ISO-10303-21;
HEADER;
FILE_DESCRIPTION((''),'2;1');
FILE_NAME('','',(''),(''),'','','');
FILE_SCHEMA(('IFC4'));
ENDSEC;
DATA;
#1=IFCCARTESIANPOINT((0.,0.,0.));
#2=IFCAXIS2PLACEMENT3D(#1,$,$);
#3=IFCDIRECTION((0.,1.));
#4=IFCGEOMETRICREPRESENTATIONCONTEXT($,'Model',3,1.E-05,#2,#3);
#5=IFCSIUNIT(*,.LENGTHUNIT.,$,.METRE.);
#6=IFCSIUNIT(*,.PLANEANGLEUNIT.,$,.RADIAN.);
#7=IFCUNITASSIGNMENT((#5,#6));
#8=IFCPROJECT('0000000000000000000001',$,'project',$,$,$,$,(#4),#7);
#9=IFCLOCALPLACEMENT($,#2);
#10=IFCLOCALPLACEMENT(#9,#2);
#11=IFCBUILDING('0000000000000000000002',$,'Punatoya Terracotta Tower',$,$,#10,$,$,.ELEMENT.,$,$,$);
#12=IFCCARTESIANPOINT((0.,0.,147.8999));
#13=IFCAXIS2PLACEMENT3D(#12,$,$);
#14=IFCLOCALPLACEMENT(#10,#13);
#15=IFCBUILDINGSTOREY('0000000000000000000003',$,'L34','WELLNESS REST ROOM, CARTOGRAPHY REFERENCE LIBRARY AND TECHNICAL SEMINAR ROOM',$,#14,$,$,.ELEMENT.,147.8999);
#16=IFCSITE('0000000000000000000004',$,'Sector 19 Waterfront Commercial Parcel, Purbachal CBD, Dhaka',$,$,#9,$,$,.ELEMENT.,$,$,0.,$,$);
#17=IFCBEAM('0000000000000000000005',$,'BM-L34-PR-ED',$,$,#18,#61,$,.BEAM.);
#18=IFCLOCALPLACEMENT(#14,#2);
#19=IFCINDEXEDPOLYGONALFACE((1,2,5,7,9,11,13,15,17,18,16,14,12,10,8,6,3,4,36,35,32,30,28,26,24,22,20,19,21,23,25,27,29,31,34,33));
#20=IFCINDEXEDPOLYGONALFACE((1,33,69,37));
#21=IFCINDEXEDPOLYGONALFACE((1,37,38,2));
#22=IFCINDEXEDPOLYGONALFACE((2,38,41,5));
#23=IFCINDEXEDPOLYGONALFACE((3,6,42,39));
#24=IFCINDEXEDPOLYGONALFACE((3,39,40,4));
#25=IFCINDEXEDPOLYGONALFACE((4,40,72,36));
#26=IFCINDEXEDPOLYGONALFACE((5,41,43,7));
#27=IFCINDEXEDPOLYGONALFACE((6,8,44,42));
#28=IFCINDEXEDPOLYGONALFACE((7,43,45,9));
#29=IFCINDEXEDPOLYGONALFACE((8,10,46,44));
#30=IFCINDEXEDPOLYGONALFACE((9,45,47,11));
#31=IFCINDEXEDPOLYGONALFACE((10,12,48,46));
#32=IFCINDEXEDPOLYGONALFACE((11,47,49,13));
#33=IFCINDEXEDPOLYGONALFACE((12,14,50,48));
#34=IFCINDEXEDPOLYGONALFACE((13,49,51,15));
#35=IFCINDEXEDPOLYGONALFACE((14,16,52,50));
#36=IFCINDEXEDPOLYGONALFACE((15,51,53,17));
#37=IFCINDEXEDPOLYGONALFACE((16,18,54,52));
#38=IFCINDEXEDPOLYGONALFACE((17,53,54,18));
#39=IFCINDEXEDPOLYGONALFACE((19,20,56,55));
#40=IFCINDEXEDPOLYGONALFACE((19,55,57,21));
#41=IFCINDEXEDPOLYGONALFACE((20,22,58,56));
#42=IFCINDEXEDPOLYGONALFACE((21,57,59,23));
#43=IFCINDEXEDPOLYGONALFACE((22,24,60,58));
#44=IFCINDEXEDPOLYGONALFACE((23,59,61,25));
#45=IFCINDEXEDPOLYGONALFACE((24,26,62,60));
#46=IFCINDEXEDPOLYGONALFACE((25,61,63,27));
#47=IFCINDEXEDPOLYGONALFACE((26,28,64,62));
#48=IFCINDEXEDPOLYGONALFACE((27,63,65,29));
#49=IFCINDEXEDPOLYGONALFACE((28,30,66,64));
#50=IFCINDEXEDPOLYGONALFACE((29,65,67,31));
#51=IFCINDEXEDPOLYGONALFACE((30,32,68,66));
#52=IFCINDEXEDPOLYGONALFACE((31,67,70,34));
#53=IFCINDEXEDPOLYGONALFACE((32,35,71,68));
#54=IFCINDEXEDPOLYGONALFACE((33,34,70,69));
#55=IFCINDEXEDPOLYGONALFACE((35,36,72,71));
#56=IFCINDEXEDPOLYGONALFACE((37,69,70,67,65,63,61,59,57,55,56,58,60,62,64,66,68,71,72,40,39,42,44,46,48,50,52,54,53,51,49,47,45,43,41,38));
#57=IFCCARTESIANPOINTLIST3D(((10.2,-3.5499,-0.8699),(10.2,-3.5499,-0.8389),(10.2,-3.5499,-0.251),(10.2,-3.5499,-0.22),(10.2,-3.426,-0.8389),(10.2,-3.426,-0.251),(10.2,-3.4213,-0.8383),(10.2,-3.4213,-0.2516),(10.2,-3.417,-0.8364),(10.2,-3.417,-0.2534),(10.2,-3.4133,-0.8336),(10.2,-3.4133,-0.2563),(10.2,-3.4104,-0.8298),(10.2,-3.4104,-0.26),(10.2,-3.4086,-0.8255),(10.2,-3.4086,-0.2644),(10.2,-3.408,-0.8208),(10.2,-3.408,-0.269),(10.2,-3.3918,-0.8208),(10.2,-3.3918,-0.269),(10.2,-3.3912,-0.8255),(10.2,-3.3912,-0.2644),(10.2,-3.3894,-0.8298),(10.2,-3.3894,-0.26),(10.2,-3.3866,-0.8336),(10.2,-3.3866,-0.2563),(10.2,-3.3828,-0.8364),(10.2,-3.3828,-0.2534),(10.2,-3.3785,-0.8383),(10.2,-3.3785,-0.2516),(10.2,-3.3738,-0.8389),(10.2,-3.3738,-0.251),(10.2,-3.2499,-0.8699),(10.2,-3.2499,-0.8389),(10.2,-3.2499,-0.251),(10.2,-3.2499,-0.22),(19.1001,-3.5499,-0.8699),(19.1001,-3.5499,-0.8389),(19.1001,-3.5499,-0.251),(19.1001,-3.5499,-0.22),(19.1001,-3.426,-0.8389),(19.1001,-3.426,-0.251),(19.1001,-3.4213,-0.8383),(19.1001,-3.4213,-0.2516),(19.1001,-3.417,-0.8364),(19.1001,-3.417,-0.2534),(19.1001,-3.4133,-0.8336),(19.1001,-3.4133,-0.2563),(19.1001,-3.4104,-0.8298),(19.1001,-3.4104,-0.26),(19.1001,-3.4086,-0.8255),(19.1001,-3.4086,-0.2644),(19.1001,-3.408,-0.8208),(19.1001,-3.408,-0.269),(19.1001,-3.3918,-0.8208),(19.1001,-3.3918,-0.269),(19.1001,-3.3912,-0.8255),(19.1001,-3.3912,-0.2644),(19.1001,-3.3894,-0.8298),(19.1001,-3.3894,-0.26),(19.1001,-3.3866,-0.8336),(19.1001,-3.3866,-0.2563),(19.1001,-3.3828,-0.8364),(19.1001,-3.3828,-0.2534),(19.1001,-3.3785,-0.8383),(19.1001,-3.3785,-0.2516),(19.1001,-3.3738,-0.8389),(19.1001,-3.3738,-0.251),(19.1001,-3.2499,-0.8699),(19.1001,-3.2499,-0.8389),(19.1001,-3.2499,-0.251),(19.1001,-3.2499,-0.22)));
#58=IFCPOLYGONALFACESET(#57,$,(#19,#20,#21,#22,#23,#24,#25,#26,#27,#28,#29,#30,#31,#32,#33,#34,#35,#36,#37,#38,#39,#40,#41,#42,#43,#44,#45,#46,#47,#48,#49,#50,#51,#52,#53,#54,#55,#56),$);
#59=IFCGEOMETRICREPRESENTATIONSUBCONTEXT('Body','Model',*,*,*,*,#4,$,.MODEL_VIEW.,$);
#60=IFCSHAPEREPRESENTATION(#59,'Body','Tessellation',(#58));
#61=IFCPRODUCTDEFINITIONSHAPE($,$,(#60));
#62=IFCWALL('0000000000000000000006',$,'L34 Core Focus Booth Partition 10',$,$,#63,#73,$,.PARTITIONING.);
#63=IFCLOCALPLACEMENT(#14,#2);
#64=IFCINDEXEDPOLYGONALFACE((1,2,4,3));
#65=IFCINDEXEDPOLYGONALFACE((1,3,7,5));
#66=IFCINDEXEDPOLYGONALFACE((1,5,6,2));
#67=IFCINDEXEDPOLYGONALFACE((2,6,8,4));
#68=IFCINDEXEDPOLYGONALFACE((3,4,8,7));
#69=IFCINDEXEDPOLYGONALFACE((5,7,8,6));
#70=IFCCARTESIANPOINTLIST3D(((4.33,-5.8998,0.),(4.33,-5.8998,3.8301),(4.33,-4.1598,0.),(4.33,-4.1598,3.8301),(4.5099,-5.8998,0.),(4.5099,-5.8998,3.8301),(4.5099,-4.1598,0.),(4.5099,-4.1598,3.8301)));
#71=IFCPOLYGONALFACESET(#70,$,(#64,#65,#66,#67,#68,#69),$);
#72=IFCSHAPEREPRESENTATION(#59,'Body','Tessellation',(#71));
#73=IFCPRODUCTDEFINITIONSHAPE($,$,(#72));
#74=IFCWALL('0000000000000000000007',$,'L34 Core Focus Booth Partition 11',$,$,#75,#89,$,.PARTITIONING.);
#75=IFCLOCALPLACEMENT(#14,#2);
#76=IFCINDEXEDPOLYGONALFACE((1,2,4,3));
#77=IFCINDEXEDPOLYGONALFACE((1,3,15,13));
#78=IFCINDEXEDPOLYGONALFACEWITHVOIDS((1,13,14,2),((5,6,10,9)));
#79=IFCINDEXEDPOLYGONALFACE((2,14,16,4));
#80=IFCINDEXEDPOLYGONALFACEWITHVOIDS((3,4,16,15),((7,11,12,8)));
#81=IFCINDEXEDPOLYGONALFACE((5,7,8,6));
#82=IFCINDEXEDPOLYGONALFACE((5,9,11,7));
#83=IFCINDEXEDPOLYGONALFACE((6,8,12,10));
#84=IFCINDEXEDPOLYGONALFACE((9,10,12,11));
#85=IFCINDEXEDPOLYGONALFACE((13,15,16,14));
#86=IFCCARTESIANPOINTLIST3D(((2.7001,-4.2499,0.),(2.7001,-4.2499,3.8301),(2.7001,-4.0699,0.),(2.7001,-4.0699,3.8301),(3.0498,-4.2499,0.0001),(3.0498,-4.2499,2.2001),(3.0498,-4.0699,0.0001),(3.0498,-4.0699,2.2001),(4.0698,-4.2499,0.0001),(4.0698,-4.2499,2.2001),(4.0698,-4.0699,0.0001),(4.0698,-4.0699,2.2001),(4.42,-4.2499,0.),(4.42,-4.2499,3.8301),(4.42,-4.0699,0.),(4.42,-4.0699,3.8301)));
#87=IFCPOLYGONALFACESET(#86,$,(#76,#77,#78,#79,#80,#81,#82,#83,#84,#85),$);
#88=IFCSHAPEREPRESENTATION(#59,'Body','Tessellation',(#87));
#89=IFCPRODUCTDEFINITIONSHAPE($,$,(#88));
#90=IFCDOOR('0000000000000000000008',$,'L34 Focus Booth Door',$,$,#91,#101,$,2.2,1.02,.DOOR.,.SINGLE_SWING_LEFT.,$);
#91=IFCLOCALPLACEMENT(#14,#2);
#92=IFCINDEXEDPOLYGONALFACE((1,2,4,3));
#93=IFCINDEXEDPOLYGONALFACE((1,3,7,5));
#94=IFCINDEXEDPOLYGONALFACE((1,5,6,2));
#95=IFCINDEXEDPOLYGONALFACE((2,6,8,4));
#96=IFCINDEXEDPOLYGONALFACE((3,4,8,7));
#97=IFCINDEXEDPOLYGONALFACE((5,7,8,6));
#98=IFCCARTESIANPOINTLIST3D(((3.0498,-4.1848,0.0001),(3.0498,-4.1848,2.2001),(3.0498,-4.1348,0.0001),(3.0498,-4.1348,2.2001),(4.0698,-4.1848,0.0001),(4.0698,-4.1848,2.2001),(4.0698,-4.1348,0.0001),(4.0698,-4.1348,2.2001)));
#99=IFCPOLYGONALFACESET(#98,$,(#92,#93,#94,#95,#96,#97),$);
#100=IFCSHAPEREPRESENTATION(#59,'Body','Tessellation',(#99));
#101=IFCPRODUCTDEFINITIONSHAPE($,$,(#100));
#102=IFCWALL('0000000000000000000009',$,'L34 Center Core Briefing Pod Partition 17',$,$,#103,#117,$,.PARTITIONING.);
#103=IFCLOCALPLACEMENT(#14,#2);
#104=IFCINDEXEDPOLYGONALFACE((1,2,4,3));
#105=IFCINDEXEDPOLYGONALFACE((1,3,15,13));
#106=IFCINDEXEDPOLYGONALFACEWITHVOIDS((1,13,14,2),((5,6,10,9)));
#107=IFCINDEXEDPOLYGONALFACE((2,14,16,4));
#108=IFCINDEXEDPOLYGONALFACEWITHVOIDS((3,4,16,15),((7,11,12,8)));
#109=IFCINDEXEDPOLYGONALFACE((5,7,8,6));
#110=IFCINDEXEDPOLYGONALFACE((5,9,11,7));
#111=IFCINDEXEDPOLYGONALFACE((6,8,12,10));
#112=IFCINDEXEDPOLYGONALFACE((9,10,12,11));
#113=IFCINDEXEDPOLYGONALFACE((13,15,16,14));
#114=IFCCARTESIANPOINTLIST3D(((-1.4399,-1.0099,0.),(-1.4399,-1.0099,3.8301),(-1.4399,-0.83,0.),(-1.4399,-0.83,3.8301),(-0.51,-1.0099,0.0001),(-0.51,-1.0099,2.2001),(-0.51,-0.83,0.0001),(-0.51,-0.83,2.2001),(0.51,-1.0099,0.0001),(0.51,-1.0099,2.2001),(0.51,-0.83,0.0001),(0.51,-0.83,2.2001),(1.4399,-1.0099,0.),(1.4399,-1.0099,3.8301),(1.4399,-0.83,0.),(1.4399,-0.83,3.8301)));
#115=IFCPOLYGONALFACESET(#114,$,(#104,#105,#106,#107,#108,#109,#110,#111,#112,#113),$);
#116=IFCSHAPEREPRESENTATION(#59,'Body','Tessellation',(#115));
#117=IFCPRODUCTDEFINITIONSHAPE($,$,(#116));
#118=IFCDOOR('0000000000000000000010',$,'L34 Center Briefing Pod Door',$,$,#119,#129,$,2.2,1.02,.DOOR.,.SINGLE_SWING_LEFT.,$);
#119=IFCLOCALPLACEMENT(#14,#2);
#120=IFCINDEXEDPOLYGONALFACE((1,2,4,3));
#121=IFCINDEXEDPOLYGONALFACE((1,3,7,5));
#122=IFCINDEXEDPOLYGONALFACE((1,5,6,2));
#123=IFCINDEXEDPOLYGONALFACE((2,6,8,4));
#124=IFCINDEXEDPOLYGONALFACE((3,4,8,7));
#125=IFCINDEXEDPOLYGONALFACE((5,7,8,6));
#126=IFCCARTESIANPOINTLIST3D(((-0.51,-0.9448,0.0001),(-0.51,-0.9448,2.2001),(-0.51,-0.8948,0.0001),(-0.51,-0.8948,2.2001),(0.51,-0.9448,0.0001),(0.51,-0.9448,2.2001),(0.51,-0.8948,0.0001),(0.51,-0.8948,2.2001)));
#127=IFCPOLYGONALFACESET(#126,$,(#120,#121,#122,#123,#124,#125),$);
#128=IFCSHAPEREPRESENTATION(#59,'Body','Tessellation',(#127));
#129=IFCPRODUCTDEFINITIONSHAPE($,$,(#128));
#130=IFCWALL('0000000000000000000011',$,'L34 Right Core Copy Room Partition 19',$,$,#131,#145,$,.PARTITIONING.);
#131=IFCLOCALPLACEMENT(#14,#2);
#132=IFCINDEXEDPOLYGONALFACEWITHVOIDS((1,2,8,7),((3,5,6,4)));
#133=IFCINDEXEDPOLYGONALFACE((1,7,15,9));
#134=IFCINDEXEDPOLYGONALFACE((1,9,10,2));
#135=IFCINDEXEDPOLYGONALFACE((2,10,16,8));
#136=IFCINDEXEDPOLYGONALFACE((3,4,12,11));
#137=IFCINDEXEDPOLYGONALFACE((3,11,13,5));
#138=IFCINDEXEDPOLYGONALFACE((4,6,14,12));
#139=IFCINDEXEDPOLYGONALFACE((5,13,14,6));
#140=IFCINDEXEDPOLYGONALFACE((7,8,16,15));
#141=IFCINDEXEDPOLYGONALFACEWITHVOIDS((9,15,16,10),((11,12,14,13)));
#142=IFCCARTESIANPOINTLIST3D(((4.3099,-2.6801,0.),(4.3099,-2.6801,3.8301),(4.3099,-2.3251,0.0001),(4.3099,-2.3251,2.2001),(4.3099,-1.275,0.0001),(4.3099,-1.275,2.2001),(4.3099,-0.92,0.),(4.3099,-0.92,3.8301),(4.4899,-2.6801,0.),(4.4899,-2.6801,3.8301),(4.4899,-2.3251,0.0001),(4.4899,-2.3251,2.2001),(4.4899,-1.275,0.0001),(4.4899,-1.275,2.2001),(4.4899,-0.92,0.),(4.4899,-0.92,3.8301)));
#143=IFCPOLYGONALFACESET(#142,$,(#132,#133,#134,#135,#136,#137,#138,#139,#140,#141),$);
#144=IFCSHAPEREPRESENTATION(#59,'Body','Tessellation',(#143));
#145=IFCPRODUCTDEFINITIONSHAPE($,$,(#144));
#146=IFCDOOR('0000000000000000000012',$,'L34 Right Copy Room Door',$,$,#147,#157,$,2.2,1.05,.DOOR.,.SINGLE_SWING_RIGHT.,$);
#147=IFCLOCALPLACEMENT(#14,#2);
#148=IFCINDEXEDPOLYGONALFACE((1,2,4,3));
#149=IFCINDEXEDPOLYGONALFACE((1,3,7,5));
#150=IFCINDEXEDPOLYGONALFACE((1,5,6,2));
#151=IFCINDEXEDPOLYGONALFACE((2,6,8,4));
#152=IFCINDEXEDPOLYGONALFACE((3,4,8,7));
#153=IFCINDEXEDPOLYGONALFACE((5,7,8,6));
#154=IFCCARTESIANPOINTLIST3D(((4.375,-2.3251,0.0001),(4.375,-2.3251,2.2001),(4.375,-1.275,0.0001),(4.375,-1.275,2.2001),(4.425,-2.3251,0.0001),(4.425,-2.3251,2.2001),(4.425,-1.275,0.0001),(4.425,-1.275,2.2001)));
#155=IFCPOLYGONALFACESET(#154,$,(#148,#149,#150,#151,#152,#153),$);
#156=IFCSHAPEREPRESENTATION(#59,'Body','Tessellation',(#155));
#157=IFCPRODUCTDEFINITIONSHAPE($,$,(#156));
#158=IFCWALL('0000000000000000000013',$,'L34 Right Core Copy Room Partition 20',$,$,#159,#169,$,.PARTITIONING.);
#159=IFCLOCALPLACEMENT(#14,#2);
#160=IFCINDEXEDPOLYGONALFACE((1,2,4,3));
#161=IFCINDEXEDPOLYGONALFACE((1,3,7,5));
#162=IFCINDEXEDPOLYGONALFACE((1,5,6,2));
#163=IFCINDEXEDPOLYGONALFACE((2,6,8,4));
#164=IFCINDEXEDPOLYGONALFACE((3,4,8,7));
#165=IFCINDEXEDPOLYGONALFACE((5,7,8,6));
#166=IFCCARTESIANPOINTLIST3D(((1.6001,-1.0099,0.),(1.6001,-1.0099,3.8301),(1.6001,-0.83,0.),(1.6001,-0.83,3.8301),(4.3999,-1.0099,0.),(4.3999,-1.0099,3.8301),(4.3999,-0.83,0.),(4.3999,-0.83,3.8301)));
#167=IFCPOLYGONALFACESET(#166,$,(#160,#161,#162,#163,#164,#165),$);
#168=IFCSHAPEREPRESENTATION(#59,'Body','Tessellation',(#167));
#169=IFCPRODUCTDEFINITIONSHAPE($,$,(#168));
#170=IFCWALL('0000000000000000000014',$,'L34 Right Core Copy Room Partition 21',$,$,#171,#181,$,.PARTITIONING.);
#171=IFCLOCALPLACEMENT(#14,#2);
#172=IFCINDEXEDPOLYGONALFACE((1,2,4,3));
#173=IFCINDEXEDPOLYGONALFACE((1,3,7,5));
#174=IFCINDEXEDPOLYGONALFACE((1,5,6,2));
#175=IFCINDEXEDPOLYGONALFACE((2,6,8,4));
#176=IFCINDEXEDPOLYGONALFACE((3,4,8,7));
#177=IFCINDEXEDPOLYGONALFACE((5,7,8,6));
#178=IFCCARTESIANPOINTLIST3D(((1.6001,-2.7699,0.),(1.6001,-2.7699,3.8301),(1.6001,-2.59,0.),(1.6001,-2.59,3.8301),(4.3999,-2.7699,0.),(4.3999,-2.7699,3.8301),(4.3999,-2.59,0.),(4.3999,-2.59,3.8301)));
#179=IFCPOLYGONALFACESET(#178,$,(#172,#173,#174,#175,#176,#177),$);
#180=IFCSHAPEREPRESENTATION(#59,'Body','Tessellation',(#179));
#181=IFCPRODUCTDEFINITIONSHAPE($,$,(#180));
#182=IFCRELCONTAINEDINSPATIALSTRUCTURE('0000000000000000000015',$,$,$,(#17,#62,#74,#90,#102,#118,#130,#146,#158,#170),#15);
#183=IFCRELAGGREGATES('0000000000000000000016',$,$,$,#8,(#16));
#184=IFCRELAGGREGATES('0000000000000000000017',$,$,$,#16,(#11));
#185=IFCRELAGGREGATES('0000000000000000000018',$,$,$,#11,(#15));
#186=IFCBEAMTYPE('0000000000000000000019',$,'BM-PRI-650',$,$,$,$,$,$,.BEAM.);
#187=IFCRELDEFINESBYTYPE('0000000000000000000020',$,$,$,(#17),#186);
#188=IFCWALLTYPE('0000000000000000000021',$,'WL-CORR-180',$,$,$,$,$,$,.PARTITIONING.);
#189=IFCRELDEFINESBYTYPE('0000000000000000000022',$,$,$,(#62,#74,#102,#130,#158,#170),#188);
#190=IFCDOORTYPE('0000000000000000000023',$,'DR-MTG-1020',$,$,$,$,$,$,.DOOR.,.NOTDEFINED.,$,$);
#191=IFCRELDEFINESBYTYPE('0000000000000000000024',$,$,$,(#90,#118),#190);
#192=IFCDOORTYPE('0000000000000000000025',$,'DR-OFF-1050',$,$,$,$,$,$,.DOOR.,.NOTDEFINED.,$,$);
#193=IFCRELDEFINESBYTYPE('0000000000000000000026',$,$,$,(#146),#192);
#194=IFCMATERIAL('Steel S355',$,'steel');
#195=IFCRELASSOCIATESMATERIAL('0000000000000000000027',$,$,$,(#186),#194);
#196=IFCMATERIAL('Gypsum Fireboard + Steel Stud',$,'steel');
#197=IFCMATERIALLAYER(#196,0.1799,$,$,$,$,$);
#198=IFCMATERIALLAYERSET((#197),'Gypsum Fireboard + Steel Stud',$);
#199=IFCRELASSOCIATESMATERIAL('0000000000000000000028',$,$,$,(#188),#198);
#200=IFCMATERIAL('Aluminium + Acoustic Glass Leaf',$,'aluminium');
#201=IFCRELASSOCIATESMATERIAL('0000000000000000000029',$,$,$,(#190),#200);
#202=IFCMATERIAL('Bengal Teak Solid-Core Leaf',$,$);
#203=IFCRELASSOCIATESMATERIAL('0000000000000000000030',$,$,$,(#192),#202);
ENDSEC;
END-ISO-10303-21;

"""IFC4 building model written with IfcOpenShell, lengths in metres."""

from ifc_helpers import new_model, si_unit, direction, frame, frame_2d, origin, origin_2d, place, context, subcontext, project, spatial, rectangle, i_section, extrude, material, layer, layer_set, material_profile, profile_set, type_object, element, fill, save


model = new_model("IFC4")

# Units and contexts
model_context = context("Model", 3, precision=1e-05, world=origin(), true_north=direction((0.0, 1.0)))
body_context = subcontext(model_context, "Body", "Model", "MODEL_VIEW")
ifc_project = project(units=[si_unit("LENGTHUNIT", "METRE"), si_unit("PLANEANGLEUNIT", "RADIAN")], contexts=[model_context])

# Site, building, storey
site_placement = place(None, origin())
site = spatial("IfcSite", under=ifc_project, at=site_placement, Name="Sector 19 Waterfront Commercial Parcel, Purbachal CBD, Dhaka", CompositionType="ELEMENT", RefElevation=0.0)
building_placement = place(site_placement, origin())
building = spatial("IfcBuilding", under=site, at=building_placement, Name="Punatoya Terracotta Tower", CompositionType="ELEMENT")
storey_placement = place(building_placement, frame((0.0, 0.0, 147.8999)))
storey = spatial("IfcBuildingStorey", under=building, at=storey_placement, Name="L34", Description="WELLNESS REST ROOM, CARTOGRAPHY REFERENCE LIBRARY AND TECHNICAL SEMINAR ROOM", CompositionType="ELEMENT", Elevation=147.8999)

# Beam
ifc_material_1 = material(Name="Steel S355", Category="steel")
ifc_material_profile = material_profile(ifc_material_1, i_section(OverallWidth=0.3, OverallDepth=0.6499, WebThickness=0.0161, FlangeThickness=0.031, FilletRadius=0.0181, at=origin_2d()))
ifc_profile_set = profile_set([ifc_material_profile], Name="Steel S355")
beam_type = type_object("IfcBeamType", Name="BM-PRI-650", PredefinedType="BEAM", material=ifc_profile_set)
beam_placement = place(storey_placement, frame((10.2, -3.3999, -0.5449), z_axis=(1.0, 0.0, 0.0), x_axis=(0.0, 1.0, 0.0)))
element("IfcBeam", 1, at=beam_placement, inside=storey, type_object=beam_type, Name="BM-L34-PR-ED", PredefinedType="BEAM", context=body_context, shape_type="SweptSolid", body=[
    extrude(i_section(OverallWidth=0.3, OverallDepth=0.6499, WebThickness=0.0161, FlangeThickness=0.031, FilletRadius=0.0181, at=origin_2d()), origin(), (0.0, 0.0, 1.0), 8.9001),
])

# Wall
ifc_material_2 = material(Name="Gypsum Fireboard + Steel Stud", Category="steel")
ifc_layer_1 = layer(ifc_material_2, 0.1799)
ifc_layer_set_1 = layer_set([ifc_layer_1], Name="Gypsum Fireboard + Steel Stud")
wall_type_1 = type_object("IfcWallType", Name="WL-CORR-180", PredefinedType="PARTITIONING", material=ifc_layer_set_1)
wall_1_placement = place(storey_placement, frame((4.4199, -5.8999, 0.0), z_axis=(0.0, 0.0, 1.0), x_axis=(0.0, 1.0, 0.0)))
element("IfcWall", 2, at=wall_1_placement, inside=storey, type_object=wall_type_1, Name="L34 Core Focus Booth Partition 10", PredefinedType="PARTITIONING", context=body_context, shape_type="SweptSolid", body=[
    extrude(rectangle(XDim=1.74, YDim=0.1799, at=frame_2d((0.8701, 0.0))), origin(), (0.0, 0.0, 1.0), 3.8301),
])

# Walls, openings, doors
wall_2_placement = place(storey_placement, frame((4.4199, -4.1599, 0.0), z_axis=(0.0, 0.0, 1.0), x_axis=(-1.0, 0.0, 0.0)))
wall_2 = element("IfcWall", 3, at=wall_2_placement, inside=storey, type_object=wall_type_1, Name="L34 Core Focus Booth Partition 11", PredefinedType="PARTITIONING", context=body_context, shape_type="SweptSolid", body=[
    extrude(rectangle(XDim=1.72, YDim=0.1799, at=frame_2d((0.8599, 0.0))), origin(), (0.0, 0.0, 1.0), 3.8301),
])
opening_1_placement = place(wall_2_placement, frame((0.3501, 0.0, 0.0)))
opening_1 = element("IfcOpeningElement", 4, at=opening_1_placement, cuts=wall_2, PredefinedType="OPENING", context=body_context, shape_type="SweptSolid", body=[
    extrude(rectangle(XDim=1.02, YDim=2.2, at=frame_2d((0.51, 1.1001))), frame((0.0, 0.0999, 0.0), z_axis=(0.0, -1.0, 0.0), x_axis=(1.0, 0.0, 0.0)), (0.0, 0.0, 1.0), 0.2),
])
ifc_material_3 = material(Name="Aluminium + Acoustic Glass Leaf", Category="aluminium")
door_type_1 = type_object("IfcDoorType", Name="DR-MTG-1020", OperationType="NOTDEFINED", PredefinedType="DOOR", material=ifc_material_3)
door_1_placement = place(opening_1_placement, origin())
door_1 = element("IfcDoor", 5, at=door_1_placement, inside=storey, type_object=door_type_1, Name="L34 Focus Booth Door", OperationType="SINGLE_SWING_LEFT", OverallHeight=2.2, OverallWidth=1.02, PredefinedType="DOOR", context=body_context, shape_type="SweptSolid", body=[
    extrude(rectangle(XDim=1.02, YDim=2.2, at=frame_2d((0.51, 1.1001))), frame((0.0, 0.0249, 0.0), z_axis=(0.0, -1.0, 0.0), x_axis=(1.0, 0.0, 0.0)), (0.0, 0.0, 1.0), 0.05),
])
fill(opening_1, door_1)
wall_3_placement = place(storey_placement, frame((1.4399, -0.9199, 0.0), z_axis=(0.0, 0.0, 1.0), x_axis=(-1.0, 0.0, 0.0)))
wall_3 = element("IfcWall", 6, at=wall_3_placement, inside=storey, type_object=wall_type_1, Name="L34 Center Core Briefing Pod Partition 17", PredefinedType="PARTITIONING", context=body_context, shape_type="SweptSolid", body=[
    extrude(rectangle(XDim=2.8799, YDim=0.1799, at=frame_2d((1.4399, 0.0))), origin(), (0.0, 0.0, 1.0), 3.8301),
])
opening_2_placement = place(wall_3_placement, frame((0.9299, 0.0, 0.0)))
opening_2 = element("IfcOpeningElement", 7, at=opening_2_placement, cuts=wall_3, PredefinedType="OPENING", context=body_context, shape_type="SweptSolid", body=[
    extrude(rectangle(XDim=1.02, YDim=2.2, at=frame_2d((0.51, 1.1001))), frame((0.0, 0.0999, 0.0), z_axis=(0.0, -1.0, 0.0), x_axis=(1.0, 0.0, 0.0)), (0.0, 0.0, 1.0), 0.2),
])
door_2_placement = place(opening_2_placement, origin())
door_2 = element("IfcDoor", 8, at=door_2_placement, inside=storey, type_object=door_type_1, Name="L34 Center Briefing Pod Door", OperationType="SINGLE_SWING_LEFT", OverallHeight=2.2, OverallWidth=1.02, PredefinedType="DOOR", context=body_context, shape_type="SweptSolid", body=[
    extrude(rectangle(XDim=1.02, YDim=2.2, at=frame_2d((0.51, 1.1001))), frame((0.0, 0.0249, 0.0), z_axis=(0.0, -1.0, 0.0), x_axis=(1.0, 0.0, 0.0)), (0.0, 0.0, 1.0), 0.05),
])
fill(opening_2, door_2)
wall_4_placement = place(storey_placement, frame((4.3999, -2.6799, 0.0), z_axis=(0.0, 0.0, 1.0), x_axis=(0.0, 1.0, 0.0)))
wall_4 = element("IfcWall", 9, at=wall_4_placement, inside=storey, type_object=wall_type_1, Name="L34 Right Core Copy Room Partition 19", PredefinedType="PARTITIONING", context=body_context, shape_type="SweptSolid", body=[
    extrude(rectangle(XDim=1.76, YDim=0.1799, at=frame_2d((0.8799, 0.0))), origin(), (0.0, 0.0, 1.0), 3.8301),
])
opening_3_placement = place(wall_4_placement, frame((0.355, 0.0, 0.0)))
opening_3 = element("IfcOpeningElement", 10, at=opening_3_placement, cuts=wall_4, PredefinedType="OPENING", context=body_context, shape_type="SweptSolid", body=[
    extrude(rectangle(XDim=1.05, YDim=2.2, at=frame_2d((0.5249, 1.1001))), frame((0.0, 0.0999, 0.0), z_axis=(0.0, -1.0, 0.0), x_axis=(1.0, 0.0, 0.0)), (0.0, 0.0, 1.0), 0.2),
])
ifc_material_4 = material(Name="Bengal Teak Solid-Core Leaf")
door_type_2 = type_object("IfcDoorType", Name="DR-OFF-1050", OperationType="NOTDEFINED", PredefinedType="DOOR", material=ifc_material_4)
door_3_placement = place(opening_3_placement, origin())
door_3 = element("IfcDoor", 11, at=door_3_placement, inside=storey, type_object=door_type_2, Name="L34 Right Copy Room Door", OperationType="SINGLE_SWING_RIGHT", OverallHeight=2.2, OverallWidth=1.05, PredefinedType="DOOR", context=body_context, shape_type="SweptSolid", body=[
    extrude(rectangle(XDim=1.05, YDim=2.2, at=frame_2d((0.5249, 1.1001))), frame((0.0, 0.0249, 0.0), z_axis=(0.0, -1.0, 0.0), x_axis=(1.0, 0.0, 0.0)), (0.0, 0.0, 1.0), 0.05),
])
fill(opening_3, door_3)

# Walls
for number, where, z_axis, x_axis, name in (
    (12, (4.3999, -0.9199, 0.0), (0.0, 0.0, 1.0), (-1.0, 0.0, 0.0), "L34 Right Core Copy Room Partition 20"),
    (13, (1.6001, -2.6799, 0.0), (0.0, 0.0, 1.0), (1.0, 0.0, 0.0), "L34 Right Core Copy Room Partition 21"),
):
    element("IfcWall", number, at=place(storey_placement, frame(where, z_axis=z_axis, x_axis=x_axis)), inside=storey, type_object=wall_type_1, Name=name, PredefinedType="PARTITIONING", context=body_context, shape_type="SweptSolid", body=[
        extrude(rectangle(XDim=2.7998, YDim=0.1799, at=frame_2d((1.3999, 0.0))), origin(), (0.0, 0.0, 1.0), 3.8301),
    ])

save(model, "model.ifc")
